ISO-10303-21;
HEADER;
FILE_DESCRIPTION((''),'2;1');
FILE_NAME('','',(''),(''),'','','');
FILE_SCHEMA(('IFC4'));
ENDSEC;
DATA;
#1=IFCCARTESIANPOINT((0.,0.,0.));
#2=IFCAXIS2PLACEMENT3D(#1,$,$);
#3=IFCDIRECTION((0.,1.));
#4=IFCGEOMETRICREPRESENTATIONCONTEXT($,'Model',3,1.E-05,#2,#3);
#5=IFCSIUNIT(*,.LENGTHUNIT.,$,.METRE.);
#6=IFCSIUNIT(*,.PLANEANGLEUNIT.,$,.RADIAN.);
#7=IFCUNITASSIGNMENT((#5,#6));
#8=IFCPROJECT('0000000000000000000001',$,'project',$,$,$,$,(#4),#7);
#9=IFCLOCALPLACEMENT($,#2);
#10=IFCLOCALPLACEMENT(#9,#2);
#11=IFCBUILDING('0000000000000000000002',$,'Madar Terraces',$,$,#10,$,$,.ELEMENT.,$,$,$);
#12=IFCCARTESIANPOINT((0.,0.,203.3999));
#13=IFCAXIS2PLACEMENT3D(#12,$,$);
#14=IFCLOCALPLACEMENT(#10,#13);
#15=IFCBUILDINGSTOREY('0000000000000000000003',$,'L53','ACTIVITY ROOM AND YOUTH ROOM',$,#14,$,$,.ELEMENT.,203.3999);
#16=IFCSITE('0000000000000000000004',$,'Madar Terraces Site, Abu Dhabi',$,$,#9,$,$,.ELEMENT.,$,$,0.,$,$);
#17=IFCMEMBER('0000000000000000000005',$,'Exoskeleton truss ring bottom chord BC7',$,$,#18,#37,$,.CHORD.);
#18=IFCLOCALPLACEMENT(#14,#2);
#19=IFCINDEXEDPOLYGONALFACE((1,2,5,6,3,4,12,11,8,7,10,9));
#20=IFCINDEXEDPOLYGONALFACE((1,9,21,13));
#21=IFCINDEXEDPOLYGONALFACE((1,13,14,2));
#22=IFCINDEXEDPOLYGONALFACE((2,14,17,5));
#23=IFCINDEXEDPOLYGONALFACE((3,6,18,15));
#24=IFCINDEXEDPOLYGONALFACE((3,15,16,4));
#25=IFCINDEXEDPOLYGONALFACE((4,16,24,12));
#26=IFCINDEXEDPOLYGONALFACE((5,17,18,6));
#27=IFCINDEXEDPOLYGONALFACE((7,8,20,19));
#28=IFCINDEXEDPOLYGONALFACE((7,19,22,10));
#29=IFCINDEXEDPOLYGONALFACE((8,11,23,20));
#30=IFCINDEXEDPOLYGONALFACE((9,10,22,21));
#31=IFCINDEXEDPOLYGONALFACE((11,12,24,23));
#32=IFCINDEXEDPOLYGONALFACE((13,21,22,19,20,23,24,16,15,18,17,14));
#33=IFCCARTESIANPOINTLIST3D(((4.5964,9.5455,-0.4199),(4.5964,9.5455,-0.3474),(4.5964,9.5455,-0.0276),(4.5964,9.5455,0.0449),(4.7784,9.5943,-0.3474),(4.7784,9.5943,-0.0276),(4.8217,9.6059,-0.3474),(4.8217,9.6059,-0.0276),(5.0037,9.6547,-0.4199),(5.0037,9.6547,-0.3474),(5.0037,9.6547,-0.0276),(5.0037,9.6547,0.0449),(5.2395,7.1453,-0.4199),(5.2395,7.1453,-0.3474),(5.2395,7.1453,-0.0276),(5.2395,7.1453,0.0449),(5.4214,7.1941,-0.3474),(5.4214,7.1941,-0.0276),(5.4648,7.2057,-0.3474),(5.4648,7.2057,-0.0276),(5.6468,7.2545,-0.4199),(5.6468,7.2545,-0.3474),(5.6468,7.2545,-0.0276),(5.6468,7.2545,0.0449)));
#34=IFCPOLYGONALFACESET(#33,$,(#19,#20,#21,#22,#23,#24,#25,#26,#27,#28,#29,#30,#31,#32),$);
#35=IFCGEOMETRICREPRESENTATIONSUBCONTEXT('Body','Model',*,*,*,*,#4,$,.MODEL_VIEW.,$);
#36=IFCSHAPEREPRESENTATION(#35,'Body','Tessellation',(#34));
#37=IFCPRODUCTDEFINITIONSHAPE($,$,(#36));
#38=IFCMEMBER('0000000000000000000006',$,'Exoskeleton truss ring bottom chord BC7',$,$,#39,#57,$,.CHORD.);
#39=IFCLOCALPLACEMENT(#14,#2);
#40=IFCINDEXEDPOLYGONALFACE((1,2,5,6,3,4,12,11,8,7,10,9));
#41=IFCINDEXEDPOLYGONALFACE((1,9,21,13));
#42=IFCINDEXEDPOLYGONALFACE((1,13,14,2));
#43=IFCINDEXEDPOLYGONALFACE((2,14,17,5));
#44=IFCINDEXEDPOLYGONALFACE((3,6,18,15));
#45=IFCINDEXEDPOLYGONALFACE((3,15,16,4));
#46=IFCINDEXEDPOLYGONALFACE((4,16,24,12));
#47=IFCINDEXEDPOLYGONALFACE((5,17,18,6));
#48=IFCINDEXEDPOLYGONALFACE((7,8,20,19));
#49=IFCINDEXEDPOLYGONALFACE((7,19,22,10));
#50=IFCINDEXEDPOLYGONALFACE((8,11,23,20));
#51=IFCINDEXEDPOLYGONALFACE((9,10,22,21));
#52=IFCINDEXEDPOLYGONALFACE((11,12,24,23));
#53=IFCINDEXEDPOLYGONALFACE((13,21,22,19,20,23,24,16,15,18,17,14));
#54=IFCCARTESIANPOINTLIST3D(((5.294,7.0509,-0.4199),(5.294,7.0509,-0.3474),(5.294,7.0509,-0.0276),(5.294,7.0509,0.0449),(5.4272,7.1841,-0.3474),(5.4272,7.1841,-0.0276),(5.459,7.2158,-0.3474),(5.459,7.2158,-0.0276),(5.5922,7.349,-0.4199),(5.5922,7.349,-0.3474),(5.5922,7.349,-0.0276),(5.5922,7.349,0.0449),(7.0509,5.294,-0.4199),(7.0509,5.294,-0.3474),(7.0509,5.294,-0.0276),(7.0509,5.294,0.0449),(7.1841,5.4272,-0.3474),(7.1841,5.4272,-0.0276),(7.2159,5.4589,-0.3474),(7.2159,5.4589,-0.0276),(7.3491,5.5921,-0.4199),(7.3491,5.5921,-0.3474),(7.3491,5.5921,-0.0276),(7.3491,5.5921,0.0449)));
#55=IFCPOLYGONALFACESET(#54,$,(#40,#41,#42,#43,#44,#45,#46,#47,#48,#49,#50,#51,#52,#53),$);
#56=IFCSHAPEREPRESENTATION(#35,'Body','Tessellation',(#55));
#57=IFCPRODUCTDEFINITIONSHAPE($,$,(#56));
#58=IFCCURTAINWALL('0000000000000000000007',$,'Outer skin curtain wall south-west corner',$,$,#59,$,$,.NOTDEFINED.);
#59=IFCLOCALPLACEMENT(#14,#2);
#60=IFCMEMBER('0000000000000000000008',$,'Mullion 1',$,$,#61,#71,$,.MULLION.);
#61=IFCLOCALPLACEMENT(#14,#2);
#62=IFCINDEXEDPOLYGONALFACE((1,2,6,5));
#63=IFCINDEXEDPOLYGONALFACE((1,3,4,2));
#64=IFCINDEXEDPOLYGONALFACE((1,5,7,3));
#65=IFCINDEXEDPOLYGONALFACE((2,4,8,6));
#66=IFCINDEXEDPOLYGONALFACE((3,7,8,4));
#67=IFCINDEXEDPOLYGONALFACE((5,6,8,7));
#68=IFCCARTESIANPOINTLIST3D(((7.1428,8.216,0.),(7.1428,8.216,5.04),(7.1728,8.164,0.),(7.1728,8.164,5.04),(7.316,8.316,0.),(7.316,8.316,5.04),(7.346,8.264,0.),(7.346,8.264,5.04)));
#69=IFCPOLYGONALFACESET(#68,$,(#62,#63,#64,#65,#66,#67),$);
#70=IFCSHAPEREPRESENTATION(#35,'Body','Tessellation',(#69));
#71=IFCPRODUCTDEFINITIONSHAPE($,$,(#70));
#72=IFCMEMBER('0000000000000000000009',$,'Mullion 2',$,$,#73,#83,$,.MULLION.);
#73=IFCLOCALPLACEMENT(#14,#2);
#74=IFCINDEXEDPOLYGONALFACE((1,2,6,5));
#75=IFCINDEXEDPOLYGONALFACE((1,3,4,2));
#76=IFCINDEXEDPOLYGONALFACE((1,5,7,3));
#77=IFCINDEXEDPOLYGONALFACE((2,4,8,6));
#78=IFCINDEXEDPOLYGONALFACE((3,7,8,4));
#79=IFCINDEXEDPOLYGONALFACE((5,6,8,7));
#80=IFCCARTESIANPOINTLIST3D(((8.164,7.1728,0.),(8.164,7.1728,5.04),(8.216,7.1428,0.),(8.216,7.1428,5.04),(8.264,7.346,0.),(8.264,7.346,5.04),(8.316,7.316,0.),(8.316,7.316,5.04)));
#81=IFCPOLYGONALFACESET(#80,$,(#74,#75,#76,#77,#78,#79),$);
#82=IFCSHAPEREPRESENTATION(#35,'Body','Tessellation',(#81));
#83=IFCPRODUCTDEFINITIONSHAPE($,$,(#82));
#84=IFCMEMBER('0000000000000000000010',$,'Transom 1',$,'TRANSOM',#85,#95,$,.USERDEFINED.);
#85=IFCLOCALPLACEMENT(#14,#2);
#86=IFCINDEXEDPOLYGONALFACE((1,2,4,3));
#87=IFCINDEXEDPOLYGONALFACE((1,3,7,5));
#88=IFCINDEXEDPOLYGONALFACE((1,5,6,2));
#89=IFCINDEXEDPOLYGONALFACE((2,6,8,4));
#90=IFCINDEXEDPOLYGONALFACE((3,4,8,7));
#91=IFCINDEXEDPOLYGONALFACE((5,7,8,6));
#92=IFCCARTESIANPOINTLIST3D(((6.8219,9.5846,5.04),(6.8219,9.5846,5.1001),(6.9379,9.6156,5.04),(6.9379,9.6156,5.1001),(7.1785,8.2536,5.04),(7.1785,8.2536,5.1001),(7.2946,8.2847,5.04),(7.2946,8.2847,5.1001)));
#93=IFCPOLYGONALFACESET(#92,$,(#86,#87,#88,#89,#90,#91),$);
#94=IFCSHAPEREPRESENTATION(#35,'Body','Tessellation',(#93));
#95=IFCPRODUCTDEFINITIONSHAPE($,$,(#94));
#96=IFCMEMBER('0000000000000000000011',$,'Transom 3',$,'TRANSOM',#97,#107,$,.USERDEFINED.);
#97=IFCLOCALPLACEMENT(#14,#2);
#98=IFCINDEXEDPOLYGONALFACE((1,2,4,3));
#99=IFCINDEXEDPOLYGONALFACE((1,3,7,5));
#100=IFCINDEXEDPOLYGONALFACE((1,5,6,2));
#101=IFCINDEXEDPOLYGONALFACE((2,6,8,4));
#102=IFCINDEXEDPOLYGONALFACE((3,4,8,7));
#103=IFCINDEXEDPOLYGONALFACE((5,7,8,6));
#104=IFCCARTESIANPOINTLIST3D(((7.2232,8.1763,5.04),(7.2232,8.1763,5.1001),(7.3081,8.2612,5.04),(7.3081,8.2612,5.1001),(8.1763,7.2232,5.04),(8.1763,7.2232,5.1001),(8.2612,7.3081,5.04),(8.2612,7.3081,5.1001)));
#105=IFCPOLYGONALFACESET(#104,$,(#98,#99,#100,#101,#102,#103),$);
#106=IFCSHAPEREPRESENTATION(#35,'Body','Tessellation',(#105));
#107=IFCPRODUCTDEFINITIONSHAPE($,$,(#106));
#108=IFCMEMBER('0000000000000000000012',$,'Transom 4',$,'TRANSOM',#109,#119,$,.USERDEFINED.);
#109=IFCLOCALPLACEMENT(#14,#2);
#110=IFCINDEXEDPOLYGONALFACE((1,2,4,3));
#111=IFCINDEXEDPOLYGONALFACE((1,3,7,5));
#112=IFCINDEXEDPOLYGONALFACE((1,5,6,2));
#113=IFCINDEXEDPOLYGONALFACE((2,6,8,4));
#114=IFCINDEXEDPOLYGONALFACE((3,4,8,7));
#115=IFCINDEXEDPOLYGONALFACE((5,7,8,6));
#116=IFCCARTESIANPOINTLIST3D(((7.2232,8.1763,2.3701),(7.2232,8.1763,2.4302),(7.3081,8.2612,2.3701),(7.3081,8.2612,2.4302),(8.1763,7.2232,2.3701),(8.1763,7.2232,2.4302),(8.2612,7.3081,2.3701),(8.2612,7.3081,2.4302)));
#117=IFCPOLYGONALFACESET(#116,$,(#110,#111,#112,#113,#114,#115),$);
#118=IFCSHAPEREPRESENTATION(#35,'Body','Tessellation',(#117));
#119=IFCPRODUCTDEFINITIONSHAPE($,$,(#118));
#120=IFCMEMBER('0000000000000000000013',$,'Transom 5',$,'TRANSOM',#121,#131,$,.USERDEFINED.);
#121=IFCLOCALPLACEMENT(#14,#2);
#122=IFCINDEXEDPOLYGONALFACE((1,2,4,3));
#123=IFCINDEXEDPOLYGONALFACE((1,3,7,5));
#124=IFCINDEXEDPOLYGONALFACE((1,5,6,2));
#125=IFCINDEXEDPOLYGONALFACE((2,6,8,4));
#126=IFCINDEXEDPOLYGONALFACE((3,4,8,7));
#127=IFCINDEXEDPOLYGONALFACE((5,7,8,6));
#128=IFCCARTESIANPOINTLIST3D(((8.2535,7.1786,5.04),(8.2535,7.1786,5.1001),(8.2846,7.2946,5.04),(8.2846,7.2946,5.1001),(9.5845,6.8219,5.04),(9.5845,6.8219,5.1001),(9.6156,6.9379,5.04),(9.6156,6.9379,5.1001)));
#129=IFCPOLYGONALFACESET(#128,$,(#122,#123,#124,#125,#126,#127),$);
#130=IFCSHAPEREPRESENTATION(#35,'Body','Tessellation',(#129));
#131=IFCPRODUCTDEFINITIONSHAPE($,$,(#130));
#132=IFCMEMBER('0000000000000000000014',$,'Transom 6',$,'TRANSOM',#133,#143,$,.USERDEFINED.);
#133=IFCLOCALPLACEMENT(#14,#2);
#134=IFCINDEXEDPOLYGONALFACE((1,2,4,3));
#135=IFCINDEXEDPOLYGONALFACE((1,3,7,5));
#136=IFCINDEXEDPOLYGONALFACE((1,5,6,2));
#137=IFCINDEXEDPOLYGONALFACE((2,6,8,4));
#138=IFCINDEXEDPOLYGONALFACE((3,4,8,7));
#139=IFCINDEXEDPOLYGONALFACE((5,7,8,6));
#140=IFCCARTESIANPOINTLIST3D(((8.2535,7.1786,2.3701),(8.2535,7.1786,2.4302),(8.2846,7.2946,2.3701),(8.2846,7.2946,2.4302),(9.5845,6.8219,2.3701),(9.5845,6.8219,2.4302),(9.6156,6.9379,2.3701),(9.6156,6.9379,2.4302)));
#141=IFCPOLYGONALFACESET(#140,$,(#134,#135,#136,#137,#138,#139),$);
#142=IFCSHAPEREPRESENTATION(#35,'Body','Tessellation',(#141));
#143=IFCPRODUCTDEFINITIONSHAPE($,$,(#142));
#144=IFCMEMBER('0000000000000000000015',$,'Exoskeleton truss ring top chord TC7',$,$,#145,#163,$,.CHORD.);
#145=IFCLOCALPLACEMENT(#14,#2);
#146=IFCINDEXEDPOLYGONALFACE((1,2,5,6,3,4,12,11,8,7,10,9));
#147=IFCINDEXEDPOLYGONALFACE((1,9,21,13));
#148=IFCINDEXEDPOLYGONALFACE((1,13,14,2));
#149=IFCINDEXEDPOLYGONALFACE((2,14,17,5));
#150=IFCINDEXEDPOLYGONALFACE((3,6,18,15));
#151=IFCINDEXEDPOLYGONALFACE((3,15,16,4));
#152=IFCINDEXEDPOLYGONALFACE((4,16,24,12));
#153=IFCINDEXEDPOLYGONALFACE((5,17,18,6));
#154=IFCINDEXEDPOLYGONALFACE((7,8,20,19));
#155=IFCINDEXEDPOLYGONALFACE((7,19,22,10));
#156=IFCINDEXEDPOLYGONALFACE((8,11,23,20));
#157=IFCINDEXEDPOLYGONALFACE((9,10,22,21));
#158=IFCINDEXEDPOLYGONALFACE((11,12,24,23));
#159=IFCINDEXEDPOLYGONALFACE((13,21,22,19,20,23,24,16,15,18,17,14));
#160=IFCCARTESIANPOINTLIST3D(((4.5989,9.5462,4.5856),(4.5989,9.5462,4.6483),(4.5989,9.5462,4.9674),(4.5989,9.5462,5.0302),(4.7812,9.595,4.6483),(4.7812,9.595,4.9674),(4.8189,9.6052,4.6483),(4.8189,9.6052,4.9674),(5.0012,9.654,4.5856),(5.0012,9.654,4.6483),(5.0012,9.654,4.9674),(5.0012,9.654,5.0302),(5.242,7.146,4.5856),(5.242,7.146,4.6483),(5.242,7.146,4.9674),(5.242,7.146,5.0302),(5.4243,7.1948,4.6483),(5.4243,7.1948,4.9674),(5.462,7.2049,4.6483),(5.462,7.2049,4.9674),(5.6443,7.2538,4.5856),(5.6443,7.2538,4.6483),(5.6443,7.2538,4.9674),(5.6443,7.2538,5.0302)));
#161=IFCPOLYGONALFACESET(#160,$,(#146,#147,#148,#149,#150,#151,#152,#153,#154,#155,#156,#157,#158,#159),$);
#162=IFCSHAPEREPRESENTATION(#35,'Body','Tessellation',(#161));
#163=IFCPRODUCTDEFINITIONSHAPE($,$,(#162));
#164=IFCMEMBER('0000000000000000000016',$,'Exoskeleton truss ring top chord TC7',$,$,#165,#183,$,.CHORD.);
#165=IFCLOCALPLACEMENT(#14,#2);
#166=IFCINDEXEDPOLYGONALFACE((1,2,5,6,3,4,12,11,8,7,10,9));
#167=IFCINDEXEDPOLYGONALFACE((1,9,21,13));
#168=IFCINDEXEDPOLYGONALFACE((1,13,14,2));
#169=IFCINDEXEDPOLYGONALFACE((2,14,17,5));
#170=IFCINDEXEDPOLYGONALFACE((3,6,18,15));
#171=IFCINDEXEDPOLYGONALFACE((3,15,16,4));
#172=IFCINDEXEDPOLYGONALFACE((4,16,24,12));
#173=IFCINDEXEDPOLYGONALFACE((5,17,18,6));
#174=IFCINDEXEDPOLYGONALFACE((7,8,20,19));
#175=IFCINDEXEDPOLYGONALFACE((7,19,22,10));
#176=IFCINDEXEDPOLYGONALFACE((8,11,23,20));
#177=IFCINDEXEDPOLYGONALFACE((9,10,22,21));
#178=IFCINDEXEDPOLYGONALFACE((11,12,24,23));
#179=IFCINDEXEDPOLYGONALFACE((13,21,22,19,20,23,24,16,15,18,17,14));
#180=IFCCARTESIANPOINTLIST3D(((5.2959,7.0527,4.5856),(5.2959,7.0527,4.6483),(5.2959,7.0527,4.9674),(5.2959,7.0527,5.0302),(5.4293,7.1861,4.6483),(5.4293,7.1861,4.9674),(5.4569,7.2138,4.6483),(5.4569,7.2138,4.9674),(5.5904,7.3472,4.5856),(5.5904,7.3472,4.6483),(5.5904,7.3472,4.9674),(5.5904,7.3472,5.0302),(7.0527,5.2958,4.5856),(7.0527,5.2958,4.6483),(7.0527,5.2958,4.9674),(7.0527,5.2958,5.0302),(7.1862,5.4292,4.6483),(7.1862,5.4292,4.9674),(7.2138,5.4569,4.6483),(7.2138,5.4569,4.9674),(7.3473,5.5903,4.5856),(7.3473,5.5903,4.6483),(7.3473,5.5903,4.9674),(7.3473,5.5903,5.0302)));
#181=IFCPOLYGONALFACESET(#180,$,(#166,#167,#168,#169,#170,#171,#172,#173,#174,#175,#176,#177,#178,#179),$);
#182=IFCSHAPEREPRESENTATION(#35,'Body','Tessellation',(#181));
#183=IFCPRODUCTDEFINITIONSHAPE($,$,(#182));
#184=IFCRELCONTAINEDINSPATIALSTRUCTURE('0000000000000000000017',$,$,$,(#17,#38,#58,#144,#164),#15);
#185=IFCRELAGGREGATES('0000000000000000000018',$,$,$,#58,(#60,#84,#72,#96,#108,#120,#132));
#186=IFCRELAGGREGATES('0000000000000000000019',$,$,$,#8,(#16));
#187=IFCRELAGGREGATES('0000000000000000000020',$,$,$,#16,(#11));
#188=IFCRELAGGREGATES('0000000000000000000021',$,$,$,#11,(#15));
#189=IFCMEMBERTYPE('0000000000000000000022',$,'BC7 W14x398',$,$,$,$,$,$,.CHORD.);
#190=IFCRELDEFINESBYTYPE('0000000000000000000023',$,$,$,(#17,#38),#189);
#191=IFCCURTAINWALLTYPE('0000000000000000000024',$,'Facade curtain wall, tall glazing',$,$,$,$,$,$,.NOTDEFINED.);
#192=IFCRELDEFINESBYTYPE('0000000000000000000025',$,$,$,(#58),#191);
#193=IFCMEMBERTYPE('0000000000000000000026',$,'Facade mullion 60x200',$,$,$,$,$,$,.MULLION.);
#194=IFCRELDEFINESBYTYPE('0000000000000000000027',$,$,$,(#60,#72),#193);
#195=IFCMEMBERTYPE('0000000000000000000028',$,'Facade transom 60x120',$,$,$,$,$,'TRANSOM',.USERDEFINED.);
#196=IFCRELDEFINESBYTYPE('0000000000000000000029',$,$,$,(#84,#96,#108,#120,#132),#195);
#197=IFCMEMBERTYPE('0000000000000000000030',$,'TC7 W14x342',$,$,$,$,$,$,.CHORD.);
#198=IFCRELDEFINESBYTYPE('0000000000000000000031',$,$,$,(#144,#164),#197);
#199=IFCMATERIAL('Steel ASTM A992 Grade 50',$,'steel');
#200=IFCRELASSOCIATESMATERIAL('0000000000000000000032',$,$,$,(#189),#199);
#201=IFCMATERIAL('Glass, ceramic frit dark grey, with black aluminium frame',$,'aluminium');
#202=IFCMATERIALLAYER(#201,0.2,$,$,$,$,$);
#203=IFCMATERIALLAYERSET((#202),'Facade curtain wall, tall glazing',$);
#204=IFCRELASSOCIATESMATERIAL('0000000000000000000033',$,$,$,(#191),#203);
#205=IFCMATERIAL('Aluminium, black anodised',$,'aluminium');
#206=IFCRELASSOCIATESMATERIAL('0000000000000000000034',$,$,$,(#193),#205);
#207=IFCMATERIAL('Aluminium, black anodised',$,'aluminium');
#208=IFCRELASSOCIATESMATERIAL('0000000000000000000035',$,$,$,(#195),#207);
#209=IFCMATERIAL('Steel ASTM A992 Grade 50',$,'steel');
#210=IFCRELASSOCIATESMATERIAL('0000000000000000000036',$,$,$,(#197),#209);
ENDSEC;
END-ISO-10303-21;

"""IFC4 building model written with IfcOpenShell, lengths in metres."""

from ifc_helpers import new_model, si_unit, direction, frame, origin, origin_2d, place, context, subcontext, project, spatial, rectangle, i_section, extrude, material, layer, layer_set, material_profile, profile_set, type_object, element, aggregate, save


model = new_model("IFC4")

# Units and contexts
model_context = context("Model", 3, precision=1e-05, world=origin(), true_north=direction((0.0, 1.0)))
body_context = subcontext(model_context, "Body", "Model", "MODEL_VIEW")
ifc_project = project(units=[si_unit("LENGTHUNIT", "METRE"), si_unit("PLANEANGLEUNIT", "RADIAN")], contexts=[model_context])

# Site, building, storey
site_placement = place(None, origin())
site = spatial("IfcSite", under=ifc_project, at=site_placement, Name="Madar Terraces Site, Abu Dhabi", CompositionType="ELEMENT", RefElevation=0.0)
building_placement = place(site_placement, origin())
building = spatial("IfcBuilding", under=site, at=building_placement, Name="Madar Terraces", CompositionType="ELEMENT")
storey_placement = place(building_placement, frame((0.0, 0.0, 203.3999)))
storey = spatial("IfcBuildingStorey", under=building, at=storey_placement, Name="L53", Description="ACTIVITY ROOM AND YOUTH ROOM", CompositionType="ELEMENT", Elevation=203.3999)

# Members
ifc_material_1 = material(Name="Steel ASTM A992 Grade 50", Category="steel")
ifc_material_profile_1 = material_profile(ifc_material_1, i_section(OverallWidth=0.4216, OverallDepth=0.4648, WebThickness=0.0449, FlangeThickness=0.0725, at=origin_2d()), Name="W14x398")
ifc_profile_set_1 = profile_set([ifc_material_profile_1], Name="Steel ASTM A992 Grade 50")
member_type_1 = type_object("IfcMemberType", Name="BC7 W14x398", PredefinedType="CHORD", material=ifc_profile_set_1)
member_1_placement = place(storey_placement, frame((4.8, 9.6001, -0.1875), z_axis=(0.2588, -0.965931, 0.0), x_axis=(0.965931, 0.2588, 0.0)))
element("IfcMember", 1, at=member_1_placement, inside=storey, type_object=member_type_1, Name="Exoskeleton truss ring bottom chord BC7", PredefinedType="CHORD", context=body_context, shape_type="SweptSolid", body=[
    extrude(i_section(OverallWidth=0.4216, OverallDepth=0.4648, WebThickness=0.0449, FlangeThickness=0.0725, at=origin_2d()), origin(), (0.0, 0.0, 1.0), 2.4849),
])
member_2_placement = place(storey_placement, frame((5.4431, 7.2, -0.1875), z_axis=(0.707107, -0.707107, 0.0), x_axis=(0.707107, 0.707107, 0.0)))
element("IfcMember", 2, at=member_2_placement, inside=storey, type_object=member_type_1, Name="Exoskeleton truss ring bottom chord BC7", PredefinedType="CHORD", context=body_context, shape_type="SweptSolid", body=[
    extrude(i_section(OverallWidth=0.4216, OverallDepth=0.4648, WebThickness=0.0449, FlangeThickness=0.0725, at=origin_2d()), origin(), (0.0, 0.0, 1.0), 2.4846),
])

# Curtain wall, members
ifc_material_2 = material(Name="Glass, ceramic frit dark grey, with black aluminium frame", Category="aluminium")
ifc_layer_1 = layer(ifc_material_2, 0.2)
ifc_layer_set_1 = layer_set([ifc_layer_1], Name="Facade curtain wall, tall glazing")
curtain_wall_type = type_object("IfcCurtainWallType", Name="Facade curtain wall, tall glazing", PredefinedType="NOTDEFINED", material=ifc_layer_set_1)
curtain_wall_placement = place(storey_placement, origin())
curtain_wall = element("IfcCurtainWall", 3, at=curtain_wall_placement, inside=storey, type_object=curtain_wall_type, Name="Outer skin curtain wall south-west corner", PredefinedType="NOTDEFINED")
ifc_material_3 = material(Name="Aluminium, black anodised", Category="aluminium")
ifc_material_profile_2 = material_profile(ifc_material_3, rectangle(XDim=0.2, YDim=0.0601, at=origin_2d()), Name="Facade mullion 60x200")
ifc_profile_set_2 = profile_set([ifc_material_profile_2], Name="Aluminium, black anodised")
member_type_2 = type_object("IfcMemberType", Name="Facade mullion 60x200", PredefinedType="MULLION", material=ifc_profile_set_2)
member_3_placement = place(storey_placement, frame((7.2444, 8.24, 0.0), z_axis=(0.0, 0.0, 1.0), x_axis=(0.866025, 0.5, 0.0)))
member_3 = element("IfcMember", 4, at=member_3_placement, type_object=member_type_2, Name="Mullion 1", PredefinedType="MULLION", context=body_context, shape_type="SweptSolid", body=[
    extrude(rectangle(XDim=0.2, YDim=0.0601, at=origin_2d()), origin(), (0.0, 0.0, 1.0), 5.04),
])
member_4_placement = place(storey_placement, frame((8.24, 7.2444, 0.0), z_axis=(0.0, 0.0, 1.0), x_axis=(0.5, 0.866025, 0.0)))
member_4 = element("IfcMember", 5, at=member_4_placement, type_object=member_type_2, Name="Mullion 2", PredefinedType="MULLION", context=body_context, shape_type="SweptSolid", body=[
    extrude(rectangle(XDim=0.2, YDim=0.0601, at=origin_2d()), origin(), (0.0, 0.0, 1.0), 5.04),
])
ifc_material_4 = material(Name="Aluminium, black anodised", Category="aluminium")
ifc_material_profile_3 = material_profile(ifc_material_4, rectangle(XDim=0.1201, YDim=0.0601, at=origin_2d()), Name="Facade transom 60x120")
ifc_profile_set_3 = profile_set([ifc_material_profile_3], Name="Aluminium, black anodised")
member_type_3 = type_object("IfcMemberType", Name="Facade transom 60x120", ElementType="TRANSOM", PredefinedType="USERDEFINED", material=ifc_profile_set_3)
member_5_placement = place(storey_placement, frame((6.8799, 9.6001, 5.0701), z_axis=(0.258842, -0.96592, 0.0), x_axis=(0.96592, 0.258842, 0.0)))
member_5 = element("IfcMember", 6, at=member_5_placement, type_object=member_type_3, Name="Transom 1", ObjectType="TRANSOM", PredefinedType="USERDEFINED", context=body_context, shape_type="SweptSolid", body=[
    extrude(rectangle(XDim=0.1201, YDim=0.0601, at=origin_2d()), origin(), (0.0, 0.0, 1.0), 1.3779),
])
member_6_placement = place(storey_placement, frame((7.2656, 8.2188, 5.0701), z_axis=(0.707107, -0.707107, 0.0), x_axis=(0.707107, 0.707107, 0.0)))
member_6 = element("IfcMember", 7, at=member_6_placement, type_object=member_type_3, Name="Transom 3", ObjectType="TRANSOM", PredefinedType="USERDEFINED", context=body_context, shape_type="SweptSolid", body=[
    extrude(rectangle(XDim=0.1201, YDim=0.0601, at=origin_2d()), origin(), (0.0, 0.0, 1.0), 1.3479),
])
member_7_placement = place(storey_placement, frame((7.2656, 8.2188, 2.4001), z_axis=(0.707107, -0.707107, 0.0), x_axis=(0.707107, 0.707107, 0.0)))
member_7 = element("IfcMember", 8, at=member_7_placement, type_object=member_type_3, Name="Transom 4", ObjectType="TRANSOM", PredefinedType="USERDEFINED", context=body_context, shape_type="SweptSolid", body=[
    extrude(rectangle(XDim=0.1201, YDim=0.0601, at=origin_2d()), origin(), (0.0, 0.0, 1.0), 1.3479),
])
member_8_placement = place(storey_placement, frame((8.269, 7.2366, 5.0701), z_axis=(0.96592, -0.258842, 0.0), x_axis=(0.258842, 0.96592, 0.0)))
member_8 = element("IfcMember", 9, at=member_8_placement, type_object=member_type_3, Name="Transom 5", ObjectType="TRANSOM", PredefinedType="USERDEFINED", context=body_context, shape_type="SweptSolid", body=[
    extrude(rectangle(XDim=0.1201, YDim=0.0601, at=origin_2d()), origin(), (0.0, 0.0, 1.0), 1.3779),
])
member_9_placement = place(storey_placement, frame((8.269, 7.2366, 2.4001), z_axis=(0.96592, -0.258842, 0.0), x_axis=(0.258842, 0.96592, 0.0)))
member_9 = element("IfcMember", 10, at=member_9_placement, type_object=member_type_3, Name="Transom 6", ObjectType="TRANSOM", PredefinedType="USERDEFINED", context=body_context, shape_type="SweptSolid", body=[
    extrude(rectangle(XDim=0.1201, YDim=0.0601, at=origin_2d()), origin(), (0.0, 0.0, 1.0), 1.3779),
])

# Members
ifc_material_5 = material(Name="Steel ASTM A992 Grade 50", Category="steel")
ifc_material_profile_4 = material_profile(ifc_material_5, i_section(OverallWidth=0.4165, OverallDepth=0.4446, WebThickness=0.0391, FlangeThickness=0.0627, at=origin_2d()), Name="W14x342")
ifc_profile_set_4 = profile_set([ifc_material_profile_4], Name="Steel ASTM A992 Grade 50")
member_type_4 = type_object("IfcMemberType", Name="TC7 W14x342", PredefinedType="CHORD", material=ifc_profile_set_4)
member_10_placement = place(storey_placement, frame((4.8, 9.6001, 4.8079), z_axis=(0.2588, -0.965931, 0.0), x_axis=(0.965931, 0.2588, 0.0)))
element("IfcMember", 11, at=member_10_placement, inside=storey, type_object=member_type_4, Name="Exoskeleton truss ring top chord TC7", PredefinedType="CHORD", context=body_context, shape_type="SweptSolid", body=[
    extrude(i_section(OverallWidth=0.4165, OverallDepth=0.4446, WebThickness=0.0391, FlangeThickness=0.0627, at=origin_2d()), origin(), (0.0, 0.0, 1.0), 2.4849),
])
member_11_placement = place(storey_placement, frame((5.4431, 7.2, 4.8079), z_axis=(0.707107, -0.707107, 0.0), x_axis=(0.707107, 0.707107, 0.0)))
element("IfcMember", 12, at=member_11_placement, inside=storey, type_object=member_type_4, Name="Exoskeleton truss ring top chord TC7", PredefinedType="CHORD", context=body_context, shape_type="SweptSolid", body=[
    extrude(i_section(OverallWidth=0.4165, OverallDepth=0.4446, WebThickness=0.0391, FlangeThickness=0.0627, at=origin_2d()), origin(), (0.0, 0.0, 1.0), 2.4846),
])

aggregate(curtain_wall, [member_3, member_5, member_4, member_6, member_7, member_8, member_9])

save(model, "model.ifc")
